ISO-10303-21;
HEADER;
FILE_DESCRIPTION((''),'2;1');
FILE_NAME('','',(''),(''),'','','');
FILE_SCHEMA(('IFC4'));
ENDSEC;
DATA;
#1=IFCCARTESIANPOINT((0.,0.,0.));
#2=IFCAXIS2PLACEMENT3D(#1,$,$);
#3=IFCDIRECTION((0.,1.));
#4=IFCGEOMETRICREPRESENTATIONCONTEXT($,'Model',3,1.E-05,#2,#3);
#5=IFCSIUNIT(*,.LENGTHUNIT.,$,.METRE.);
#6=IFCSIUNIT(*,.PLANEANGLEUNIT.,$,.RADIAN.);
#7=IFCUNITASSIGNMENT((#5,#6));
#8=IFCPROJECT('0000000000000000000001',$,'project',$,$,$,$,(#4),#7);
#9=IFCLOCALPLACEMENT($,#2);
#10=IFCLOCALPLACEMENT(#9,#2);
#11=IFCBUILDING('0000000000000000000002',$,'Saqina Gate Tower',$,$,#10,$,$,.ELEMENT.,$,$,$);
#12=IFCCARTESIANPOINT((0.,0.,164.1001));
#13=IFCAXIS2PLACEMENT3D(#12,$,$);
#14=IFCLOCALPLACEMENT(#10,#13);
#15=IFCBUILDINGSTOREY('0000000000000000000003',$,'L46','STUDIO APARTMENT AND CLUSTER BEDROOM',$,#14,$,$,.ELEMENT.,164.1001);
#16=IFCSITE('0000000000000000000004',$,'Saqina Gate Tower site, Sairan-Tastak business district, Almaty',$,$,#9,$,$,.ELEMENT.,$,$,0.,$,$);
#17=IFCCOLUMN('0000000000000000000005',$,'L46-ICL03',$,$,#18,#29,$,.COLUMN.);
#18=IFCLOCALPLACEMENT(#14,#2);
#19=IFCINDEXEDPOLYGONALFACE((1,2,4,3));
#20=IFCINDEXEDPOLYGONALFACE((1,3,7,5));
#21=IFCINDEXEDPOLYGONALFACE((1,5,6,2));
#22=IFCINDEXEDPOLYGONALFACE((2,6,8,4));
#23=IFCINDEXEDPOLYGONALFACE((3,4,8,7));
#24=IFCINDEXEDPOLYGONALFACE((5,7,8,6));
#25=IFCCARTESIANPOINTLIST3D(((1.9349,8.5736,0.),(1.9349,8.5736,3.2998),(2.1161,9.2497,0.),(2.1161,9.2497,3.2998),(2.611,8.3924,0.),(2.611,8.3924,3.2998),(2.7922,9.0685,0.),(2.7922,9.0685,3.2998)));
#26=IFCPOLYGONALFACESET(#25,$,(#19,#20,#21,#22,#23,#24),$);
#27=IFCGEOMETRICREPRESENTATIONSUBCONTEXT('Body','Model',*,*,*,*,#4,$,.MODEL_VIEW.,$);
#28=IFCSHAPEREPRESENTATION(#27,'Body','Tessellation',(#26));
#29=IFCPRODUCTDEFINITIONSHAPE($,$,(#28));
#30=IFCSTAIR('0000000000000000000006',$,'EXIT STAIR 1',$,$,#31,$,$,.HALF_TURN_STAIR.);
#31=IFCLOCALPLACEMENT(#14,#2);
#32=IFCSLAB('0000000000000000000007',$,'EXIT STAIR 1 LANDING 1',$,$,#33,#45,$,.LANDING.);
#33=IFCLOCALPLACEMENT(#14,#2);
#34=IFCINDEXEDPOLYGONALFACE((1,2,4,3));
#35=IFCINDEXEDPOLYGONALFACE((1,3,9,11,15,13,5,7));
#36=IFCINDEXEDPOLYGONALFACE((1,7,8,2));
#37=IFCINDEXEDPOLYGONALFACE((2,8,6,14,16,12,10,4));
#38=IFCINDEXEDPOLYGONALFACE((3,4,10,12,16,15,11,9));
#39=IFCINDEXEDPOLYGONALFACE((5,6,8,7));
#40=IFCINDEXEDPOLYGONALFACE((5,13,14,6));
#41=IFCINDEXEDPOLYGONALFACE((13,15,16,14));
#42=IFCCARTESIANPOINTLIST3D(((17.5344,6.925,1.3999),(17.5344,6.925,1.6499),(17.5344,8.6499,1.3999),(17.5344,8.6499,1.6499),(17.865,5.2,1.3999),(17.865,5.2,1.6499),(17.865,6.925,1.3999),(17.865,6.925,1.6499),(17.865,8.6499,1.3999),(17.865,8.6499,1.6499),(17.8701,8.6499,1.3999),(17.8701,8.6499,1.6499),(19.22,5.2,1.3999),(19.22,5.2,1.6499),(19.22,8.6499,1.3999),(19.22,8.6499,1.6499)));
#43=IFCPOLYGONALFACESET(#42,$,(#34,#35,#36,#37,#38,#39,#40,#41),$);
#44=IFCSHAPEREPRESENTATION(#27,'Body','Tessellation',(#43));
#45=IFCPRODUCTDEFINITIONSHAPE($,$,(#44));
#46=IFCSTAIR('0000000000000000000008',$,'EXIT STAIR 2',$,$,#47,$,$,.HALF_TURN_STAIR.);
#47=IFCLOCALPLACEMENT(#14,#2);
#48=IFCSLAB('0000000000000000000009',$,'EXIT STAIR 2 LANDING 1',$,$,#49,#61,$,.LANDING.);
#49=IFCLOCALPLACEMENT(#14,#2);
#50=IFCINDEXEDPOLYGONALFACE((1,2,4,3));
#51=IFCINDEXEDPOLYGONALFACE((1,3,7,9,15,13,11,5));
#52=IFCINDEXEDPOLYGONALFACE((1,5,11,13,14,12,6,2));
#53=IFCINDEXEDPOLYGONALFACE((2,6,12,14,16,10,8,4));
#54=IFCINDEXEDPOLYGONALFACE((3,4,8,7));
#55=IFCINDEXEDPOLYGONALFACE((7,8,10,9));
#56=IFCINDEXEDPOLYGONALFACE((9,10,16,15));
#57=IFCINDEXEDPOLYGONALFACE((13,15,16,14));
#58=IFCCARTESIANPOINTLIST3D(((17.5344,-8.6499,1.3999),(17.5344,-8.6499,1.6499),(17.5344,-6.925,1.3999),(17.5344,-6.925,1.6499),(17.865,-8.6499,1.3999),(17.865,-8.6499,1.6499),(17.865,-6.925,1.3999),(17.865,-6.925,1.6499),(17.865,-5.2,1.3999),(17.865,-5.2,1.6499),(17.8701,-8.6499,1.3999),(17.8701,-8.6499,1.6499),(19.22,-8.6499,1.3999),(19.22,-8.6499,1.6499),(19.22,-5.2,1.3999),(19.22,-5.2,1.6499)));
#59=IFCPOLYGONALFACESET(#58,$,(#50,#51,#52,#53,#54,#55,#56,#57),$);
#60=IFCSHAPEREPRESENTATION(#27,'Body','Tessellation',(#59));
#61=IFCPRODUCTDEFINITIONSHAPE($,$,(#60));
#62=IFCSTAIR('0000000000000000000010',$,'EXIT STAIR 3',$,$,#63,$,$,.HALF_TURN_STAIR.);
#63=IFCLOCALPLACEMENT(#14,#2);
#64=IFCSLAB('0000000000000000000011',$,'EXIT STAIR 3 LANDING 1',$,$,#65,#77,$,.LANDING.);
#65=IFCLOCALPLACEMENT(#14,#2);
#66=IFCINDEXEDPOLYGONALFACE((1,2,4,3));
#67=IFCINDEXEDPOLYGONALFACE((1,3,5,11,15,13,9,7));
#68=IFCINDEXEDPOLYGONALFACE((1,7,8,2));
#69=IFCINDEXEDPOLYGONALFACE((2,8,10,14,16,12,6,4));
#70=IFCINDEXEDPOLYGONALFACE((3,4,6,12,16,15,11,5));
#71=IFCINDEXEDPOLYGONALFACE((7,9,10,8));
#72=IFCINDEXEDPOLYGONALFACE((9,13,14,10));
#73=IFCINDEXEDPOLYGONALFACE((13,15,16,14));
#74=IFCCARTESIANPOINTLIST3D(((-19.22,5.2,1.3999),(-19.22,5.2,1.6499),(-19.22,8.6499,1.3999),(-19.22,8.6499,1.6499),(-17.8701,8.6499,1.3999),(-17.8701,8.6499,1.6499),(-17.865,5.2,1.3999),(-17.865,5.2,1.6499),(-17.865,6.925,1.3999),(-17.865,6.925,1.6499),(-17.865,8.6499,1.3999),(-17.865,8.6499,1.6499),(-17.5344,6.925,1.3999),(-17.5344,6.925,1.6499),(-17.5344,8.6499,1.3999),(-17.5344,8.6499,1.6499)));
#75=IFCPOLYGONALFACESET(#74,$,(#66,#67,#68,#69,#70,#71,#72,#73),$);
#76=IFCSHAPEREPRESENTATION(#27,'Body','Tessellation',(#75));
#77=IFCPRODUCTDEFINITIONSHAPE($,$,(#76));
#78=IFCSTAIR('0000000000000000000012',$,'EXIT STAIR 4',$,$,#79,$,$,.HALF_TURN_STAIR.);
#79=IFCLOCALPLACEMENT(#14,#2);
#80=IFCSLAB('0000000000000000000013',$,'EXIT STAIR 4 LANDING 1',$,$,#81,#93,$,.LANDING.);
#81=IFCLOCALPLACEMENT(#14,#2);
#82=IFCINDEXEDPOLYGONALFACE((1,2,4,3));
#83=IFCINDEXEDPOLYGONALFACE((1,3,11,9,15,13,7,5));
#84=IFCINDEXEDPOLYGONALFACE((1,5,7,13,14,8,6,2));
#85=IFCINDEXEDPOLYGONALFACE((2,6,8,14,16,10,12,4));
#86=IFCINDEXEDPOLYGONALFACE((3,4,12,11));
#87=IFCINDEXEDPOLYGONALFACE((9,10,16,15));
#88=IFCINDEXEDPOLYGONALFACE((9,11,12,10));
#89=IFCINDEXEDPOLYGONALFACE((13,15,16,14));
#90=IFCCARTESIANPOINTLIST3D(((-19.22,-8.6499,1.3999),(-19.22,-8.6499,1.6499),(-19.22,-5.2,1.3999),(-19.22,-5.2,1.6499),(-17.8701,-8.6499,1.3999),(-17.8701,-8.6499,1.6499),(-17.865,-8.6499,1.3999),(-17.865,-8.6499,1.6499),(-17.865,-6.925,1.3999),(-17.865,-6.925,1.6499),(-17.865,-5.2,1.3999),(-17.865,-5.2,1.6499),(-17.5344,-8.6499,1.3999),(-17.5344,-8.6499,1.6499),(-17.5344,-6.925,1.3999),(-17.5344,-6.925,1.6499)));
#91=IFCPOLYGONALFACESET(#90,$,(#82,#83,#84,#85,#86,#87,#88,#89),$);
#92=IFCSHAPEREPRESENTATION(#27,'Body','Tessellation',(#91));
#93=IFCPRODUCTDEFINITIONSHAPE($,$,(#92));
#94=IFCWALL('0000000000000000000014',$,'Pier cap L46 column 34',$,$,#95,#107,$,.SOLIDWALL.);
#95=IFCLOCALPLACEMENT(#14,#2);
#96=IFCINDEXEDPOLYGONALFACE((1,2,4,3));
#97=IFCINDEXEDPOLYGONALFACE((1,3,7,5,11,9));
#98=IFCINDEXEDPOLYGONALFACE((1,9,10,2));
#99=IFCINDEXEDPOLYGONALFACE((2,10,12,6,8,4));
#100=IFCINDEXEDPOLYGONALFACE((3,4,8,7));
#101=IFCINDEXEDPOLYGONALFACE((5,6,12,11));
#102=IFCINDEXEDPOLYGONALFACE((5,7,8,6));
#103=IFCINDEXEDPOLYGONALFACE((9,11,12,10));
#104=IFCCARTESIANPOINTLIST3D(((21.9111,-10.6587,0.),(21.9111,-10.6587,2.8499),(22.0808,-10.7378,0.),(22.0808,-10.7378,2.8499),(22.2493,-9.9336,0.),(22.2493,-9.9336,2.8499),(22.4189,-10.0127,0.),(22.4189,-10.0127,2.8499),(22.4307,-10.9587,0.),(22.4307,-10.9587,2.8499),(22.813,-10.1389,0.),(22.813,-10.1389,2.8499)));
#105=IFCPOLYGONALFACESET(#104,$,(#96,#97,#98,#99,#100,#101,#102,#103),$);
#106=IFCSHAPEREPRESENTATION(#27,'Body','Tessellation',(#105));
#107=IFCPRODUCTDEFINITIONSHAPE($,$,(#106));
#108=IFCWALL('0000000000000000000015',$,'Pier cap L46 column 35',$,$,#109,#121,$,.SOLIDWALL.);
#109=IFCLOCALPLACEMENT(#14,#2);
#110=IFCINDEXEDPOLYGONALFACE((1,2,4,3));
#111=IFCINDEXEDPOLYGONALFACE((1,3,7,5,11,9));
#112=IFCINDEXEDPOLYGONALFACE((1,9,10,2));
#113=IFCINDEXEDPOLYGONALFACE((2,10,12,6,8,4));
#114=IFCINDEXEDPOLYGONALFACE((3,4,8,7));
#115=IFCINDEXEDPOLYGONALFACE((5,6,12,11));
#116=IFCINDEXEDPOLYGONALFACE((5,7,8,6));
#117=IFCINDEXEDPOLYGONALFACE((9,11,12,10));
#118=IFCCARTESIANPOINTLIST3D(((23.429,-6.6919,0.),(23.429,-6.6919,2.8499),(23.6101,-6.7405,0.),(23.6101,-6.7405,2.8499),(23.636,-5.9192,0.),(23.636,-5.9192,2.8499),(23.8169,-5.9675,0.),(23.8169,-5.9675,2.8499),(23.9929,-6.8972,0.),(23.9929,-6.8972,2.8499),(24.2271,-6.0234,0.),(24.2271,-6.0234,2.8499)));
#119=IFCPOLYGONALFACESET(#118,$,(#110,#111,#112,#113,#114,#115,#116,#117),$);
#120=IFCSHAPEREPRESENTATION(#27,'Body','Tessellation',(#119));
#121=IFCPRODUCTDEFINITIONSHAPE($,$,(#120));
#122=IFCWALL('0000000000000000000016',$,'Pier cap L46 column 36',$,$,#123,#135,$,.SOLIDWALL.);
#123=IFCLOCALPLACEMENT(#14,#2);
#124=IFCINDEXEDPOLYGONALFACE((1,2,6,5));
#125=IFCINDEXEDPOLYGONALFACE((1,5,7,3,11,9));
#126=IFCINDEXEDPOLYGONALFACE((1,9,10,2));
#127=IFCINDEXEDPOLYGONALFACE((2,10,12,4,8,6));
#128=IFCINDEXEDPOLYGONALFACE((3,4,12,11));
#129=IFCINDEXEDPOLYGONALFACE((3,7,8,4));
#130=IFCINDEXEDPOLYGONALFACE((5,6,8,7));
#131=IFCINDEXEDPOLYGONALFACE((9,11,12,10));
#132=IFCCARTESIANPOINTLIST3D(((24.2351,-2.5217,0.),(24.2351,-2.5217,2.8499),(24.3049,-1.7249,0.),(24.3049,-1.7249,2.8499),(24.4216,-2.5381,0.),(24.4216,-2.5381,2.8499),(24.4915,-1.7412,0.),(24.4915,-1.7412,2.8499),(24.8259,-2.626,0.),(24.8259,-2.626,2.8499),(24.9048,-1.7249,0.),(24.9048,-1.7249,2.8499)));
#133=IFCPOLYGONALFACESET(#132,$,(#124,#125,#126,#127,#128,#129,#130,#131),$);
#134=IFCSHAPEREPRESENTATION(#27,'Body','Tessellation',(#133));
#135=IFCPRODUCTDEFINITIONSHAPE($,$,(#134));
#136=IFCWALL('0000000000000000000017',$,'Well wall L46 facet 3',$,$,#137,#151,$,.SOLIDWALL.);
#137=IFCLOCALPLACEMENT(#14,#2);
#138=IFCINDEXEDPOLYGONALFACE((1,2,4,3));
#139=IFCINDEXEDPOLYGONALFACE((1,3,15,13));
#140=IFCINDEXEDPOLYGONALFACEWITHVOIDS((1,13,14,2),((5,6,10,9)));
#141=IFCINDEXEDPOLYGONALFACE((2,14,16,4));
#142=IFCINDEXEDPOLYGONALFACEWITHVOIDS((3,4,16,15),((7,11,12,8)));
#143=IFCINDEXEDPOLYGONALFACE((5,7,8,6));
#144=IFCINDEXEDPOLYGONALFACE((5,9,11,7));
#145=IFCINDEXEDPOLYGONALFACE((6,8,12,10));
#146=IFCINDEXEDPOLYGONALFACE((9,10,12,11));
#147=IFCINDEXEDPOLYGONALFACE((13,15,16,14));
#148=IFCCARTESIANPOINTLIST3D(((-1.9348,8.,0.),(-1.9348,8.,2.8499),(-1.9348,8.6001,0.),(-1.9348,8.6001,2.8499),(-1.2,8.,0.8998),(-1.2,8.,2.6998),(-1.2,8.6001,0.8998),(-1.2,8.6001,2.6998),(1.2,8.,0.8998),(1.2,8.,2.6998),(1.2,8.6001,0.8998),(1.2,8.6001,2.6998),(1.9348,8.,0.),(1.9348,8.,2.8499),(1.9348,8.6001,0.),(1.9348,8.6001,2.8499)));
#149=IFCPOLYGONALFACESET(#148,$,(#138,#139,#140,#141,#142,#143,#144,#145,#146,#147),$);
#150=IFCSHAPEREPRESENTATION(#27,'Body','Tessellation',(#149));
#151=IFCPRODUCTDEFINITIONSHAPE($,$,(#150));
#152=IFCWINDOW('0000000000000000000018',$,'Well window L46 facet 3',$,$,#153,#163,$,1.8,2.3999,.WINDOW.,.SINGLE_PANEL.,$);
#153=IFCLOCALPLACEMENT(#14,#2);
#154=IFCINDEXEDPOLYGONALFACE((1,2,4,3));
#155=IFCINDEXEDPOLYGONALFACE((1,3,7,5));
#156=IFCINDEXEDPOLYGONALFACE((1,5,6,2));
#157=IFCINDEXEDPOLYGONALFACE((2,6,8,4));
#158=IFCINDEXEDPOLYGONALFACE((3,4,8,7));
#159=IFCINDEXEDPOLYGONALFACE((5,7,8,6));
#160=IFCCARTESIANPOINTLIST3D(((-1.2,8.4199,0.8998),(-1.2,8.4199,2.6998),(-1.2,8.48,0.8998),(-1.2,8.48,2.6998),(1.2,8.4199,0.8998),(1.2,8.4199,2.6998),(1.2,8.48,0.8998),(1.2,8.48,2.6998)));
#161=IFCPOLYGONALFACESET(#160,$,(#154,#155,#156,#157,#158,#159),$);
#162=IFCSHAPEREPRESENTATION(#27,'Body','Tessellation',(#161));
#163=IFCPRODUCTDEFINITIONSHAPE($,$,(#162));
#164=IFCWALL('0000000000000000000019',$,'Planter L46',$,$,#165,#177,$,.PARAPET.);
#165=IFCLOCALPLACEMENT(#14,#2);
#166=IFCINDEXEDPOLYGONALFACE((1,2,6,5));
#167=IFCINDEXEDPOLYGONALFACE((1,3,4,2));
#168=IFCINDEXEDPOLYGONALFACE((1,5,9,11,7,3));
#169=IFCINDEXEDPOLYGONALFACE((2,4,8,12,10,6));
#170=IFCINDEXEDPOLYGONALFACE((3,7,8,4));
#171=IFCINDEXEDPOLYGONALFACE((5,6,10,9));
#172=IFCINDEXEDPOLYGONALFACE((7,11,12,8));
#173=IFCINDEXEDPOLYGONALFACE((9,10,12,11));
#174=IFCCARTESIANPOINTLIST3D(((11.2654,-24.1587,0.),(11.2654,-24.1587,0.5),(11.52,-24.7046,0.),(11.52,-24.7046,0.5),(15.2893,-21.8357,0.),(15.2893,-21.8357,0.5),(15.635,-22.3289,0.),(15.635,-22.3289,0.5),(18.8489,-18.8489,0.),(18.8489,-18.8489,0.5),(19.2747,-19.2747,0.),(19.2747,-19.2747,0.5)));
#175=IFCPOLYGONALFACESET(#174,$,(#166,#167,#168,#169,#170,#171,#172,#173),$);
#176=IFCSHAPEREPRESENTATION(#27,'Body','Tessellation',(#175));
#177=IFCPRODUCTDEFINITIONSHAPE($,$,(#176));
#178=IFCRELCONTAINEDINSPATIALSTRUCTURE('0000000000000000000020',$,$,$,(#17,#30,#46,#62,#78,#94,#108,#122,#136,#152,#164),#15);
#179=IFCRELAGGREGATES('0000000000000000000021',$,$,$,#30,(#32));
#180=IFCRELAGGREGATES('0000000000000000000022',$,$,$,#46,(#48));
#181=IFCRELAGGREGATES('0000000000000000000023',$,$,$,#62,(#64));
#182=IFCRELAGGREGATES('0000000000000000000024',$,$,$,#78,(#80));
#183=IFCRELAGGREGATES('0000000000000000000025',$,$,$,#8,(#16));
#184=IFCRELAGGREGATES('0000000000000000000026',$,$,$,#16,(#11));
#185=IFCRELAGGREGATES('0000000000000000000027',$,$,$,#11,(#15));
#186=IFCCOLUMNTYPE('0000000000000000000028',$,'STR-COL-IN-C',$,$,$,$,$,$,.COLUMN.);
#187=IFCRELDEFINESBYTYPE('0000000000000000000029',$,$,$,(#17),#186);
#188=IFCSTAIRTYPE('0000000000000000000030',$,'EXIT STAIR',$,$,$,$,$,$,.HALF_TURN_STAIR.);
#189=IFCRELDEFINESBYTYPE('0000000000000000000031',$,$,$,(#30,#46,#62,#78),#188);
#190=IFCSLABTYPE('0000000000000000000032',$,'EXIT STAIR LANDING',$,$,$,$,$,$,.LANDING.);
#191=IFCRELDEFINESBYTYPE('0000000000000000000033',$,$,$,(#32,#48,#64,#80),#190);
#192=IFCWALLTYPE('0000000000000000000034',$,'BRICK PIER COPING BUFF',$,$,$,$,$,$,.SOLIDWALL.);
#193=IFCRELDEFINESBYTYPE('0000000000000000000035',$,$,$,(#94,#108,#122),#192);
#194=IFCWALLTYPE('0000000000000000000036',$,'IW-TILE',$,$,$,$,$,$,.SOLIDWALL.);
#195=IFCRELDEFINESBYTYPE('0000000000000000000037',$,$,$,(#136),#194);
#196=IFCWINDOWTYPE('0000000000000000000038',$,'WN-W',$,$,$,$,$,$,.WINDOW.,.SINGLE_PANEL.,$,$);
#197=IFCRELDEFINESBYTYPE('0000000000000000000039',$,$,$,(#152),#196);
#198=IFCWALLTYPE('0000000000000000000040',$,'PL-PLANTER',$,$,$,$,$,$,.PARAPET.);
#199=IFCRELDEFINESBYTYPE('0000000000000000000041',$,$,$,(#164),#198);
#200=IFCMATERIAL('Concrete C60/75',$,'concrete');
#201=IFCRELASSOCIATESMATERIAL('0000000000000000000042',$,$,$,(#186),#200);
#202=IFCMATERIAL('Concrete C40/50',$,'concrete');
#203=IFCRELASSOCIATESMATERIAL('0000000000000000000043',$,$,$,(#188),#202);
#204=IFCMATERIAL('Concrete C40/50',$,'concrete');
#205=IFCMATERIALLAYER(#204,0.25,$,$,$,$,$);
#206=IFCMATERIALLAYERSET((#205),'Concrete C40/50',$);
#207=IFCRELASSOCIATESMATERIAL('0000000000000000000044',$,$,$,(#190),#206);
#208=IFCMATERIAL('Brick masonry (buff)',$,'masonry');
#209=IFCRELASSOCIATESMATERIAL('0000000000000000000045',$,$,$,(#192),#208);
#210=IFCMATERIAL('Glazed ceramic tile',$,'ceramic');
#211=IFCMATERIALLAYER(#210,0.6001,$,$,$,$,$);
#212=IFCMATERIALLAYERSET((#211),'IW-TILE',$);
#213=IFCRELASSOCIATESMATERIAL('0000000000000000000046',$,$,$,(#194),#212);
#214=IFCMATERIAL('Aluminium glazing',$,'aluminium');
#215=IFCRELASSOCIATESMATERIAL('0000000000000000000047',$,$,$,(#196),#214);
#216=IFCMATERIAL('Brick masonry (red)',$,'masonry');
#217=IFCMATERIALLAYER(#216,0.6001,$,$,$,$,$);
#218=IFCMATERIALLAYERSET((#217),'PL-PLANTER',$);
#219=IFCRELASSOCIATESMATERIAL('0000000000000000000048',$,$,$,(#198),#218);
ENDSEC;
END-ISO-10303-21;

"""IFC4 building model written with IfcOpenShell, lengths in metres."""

from ifc_helpers import new_model, si_unit, direction, frame, frame_2d, origin, origin_2d, place, context, subcontext, project, spatial, polyline, rectangle, outline, extrude, material, layer, layer_set, material_profile, profile_set, type_object, element, fill, aggregate, save


model = new_model("IFC4")

# Units and contexts
model_context = context("Model", 3, precision=1e-05, world=origin(), true_north=direction((0.0, 1.0)))
body_context = subcontext(model_context, "Body", "Model", "MODEL_VIEW")
ifc_project = project(units=[si_unit("LENGTHUNIT", "METRE"), si_unit("PLANEANGLEUNIT", "RADIAN")], contexts=[model_context])

# Site, building, storey
site_placement = place(None, origin())
site = spatial("IfcSite", under=ifc_project, at=site_placement, Name="Saqina Gate Tower site, Sairan-Tastak business district, Almaty", CompositionType="ELEMENT", RefElevation=0.0)
building_placement = place(site_placement, origin())
building = spatial("IfcBuilding", under=site, at=building_placement, Name="Saqina Gate Tower", CompositionType="ELEMENT")
storey_placement = place(building_placement, frame((0.0, 0.0, 164.1001)))
storey = spatial("IfcBuildingStorey", under=building, at=storey_placement, Name="L46", Description="STUDIO APARTMENT AND CLUSTER BEDROOM", CompositionType="ELEMENT", Elevation=164.1001)

# Column
ifc_material_1 = material(Name="Concrete C60/75", Category="concrete")
ifc_material_profile = material_profile(ifc_material_1, rectangle(XDim=0.7, YDim=0.7, at=origin_2d()), Name="RC 700x700")
ifc_profile_set = profile_set([ifc_material_profile], Name="Concrete C60/75")
column_type = type_object("IfcColumnType", Name="STR-COL-IN-C", PredefinedType="COLUMN", material=ifc_profile_set)
column_placement = place(storey_placement, frame((2.3635, 8.821, 0.0), z_axis=(0.0, 0.0, 1.0), x_axis=(0.258819, 0.965926, 0.0)))
element("IfcColumn", 1, at=column_placement, inside=storey, type_object=column_type, Name="L46-ICL03", PredefinedType="COLUMN", context=body_context, shape_type="SweptSolid", body=[
    extrude(rectangle(XDim=0.7, YDim=0.7, at=origin_2d()), origin(), (0.0, 0.0, 1.0), 3.2998),
])

# Stairs, slabs
ifc_material_2 = material(Name="Concrete C40/50", Category="concrete")
stair_type = type_object("IfcStairType", Name="EXIT STAIR", PredefinedType="HALF_TURN_STAIR", material=ifc_material_2)
stair_1_placement = place(storey_placement, origin())
stair_1 = element("IfcStair", 2, at=stair_1_placement, inside=storey, type_object=stair_type, Name="EXIT STAIR 1", PredefinedType="HALF_TURN_STAIR")
ifc_material_3 = material(Name="Concrete C40/50", Category="concrete")
ifc_layer_1 = layer(ifc_material_3, 0.25)
ifc_layer_set_1 = layer_set([ifc_layer_1], Name="Concrete C40/50")
slab_type = type_object("IfcSlabType", Name="EXIT STAIR LANDING", PredefinedType="LANDING", material=ifc_layer_set_1)
slab_1_placement = place(storey_placement, frame((0.0, 0.0, 1.3999)))
slab_1 = element("IfcSlab", 3, at=slab_1_placement, type_object=slab_type, Name="EXIT STAIR 1 LANDING 1", PredefinedType="LANDING", context=body_context, shape_type="SweptSolid", body=[
    extrude(outline(polyline([(19.22, 8.6499), (19.22, 5.2), (17.865, 5.2), (17.865, 6.925), (17.5344, 6.925), (17.5344, 8.6499), (17.865, 8.6499), (17.8701, 8.6499), (19.22, 8.6499)])), origin(), (0.0, 0.0, 1.0), 0.25),
])
aggregate(stair_1, [slab_1])
stair_2_placement = place(storey_placement, origin())
stair_2 = element("IfcStair", 4, at=stair_2_placement, inside=storey, type_object=stair_type, Name="EXIT STAIR 2", PredefinedType="HALF_TURN_STAIR")
slab_2_placement = place(storey_placement, frame((0.0, 0.0, 1.3999)))
slab_2 = element("IfcSlab", 5, at=slab_2_placement, type_object=slab_type, Name="EXIT STAIR 2 LANDING 1", PredefinedType="LANDING", context=body_context, shape_type="SweptSolid", body=[
    extrude(outline(polyline([(17.5344, -8.6499), (17.5344, -6.925), (17.865, -6.925), (17.865, -5.2), (19.22, -5.2), (19.22, -8.6499), (17.8701, -8.6499), (17.865, -8.6499), (17.5344, -8.6499)])), origin(), (0.0, 0.0, 1.0), 0.25),
])
aggregate(stair_2, [slab_2])
stair_3_placement = place(storey_placement, origin())
stair_3 = element("IfcStair", 6, at=stair_3_placement, inside=storey, type_object=stair_type, Name="EXIT STAIR 3", PredefinedType="HALF_TURN_STAIR")
slab_3_placement = place(storey_placement, frame((0.0, 0.0, 1.3999)))
slab_3 = element("IfcSlab", 7, at=slab_3_placement, type_object=slab_type, Name="EXIT STAIR 3 LANDING 1", PredefinedType="LANDING", context=body_context, shape_type="SweptSolid", body=[
    extrude(outline(polyline([(-17.865, 5.2), (-19.22, 5.2), (-19.22, 8.6499), (-17.8701, 8.6499), (-17.865, 8.6499), (-17.5344, 8.6499), (-17.5344, 6.925), (-17.865, 6.925), (-17.865, 5.2)])), origin(), (0.0, 0.0, 1.0), 0.25),
])
aggregate(stair_3, [slab_3])
stair_4_placement = place(storey_placement, origin())
stair_4 = element("IfcStair", 8, at=stair_4_placement, inside=storey, type_object=stair_type, Name="EXIT STAIR 4", PredefinedType="HALF_TURN_STAIR")
slab_4_placement = place(storey_placement, frame((0.0, 0.0, 1.3999)))
slab_4 = element("IfcSlab", 9, at=slab_4_placement, type_object=slab_type, Name="EXIT STAIR 4 LANDING 1", PredefinedType="LANDING", context=body_context, shape_type="SweptSolid", body=[
    extrude(outline(polyline([(-17.5344, -6.925), (-17.5344, -8.6499), (-17.865, -8.6499), (-17.8701, -8.6499), (-19.22, -8.6499), (-19.22, -5.2), (-17.865, -5.2), (-17.865, -6.925), (-17.5344, -6.925)])), origin(), (0.0, 0.0, 1.0), 0.25),
])
aggregate(stair_4, [slab_4])

# Walls
ifc_material_4 = material(Name="Brick masonry (buff)", Category="masonry")
wall_type_1 = type_object("IfcWallType", Name="BRICK PIER COPING BUFF", PredefinedType="SOLIDWALL", material=ifc_material_4)
wall_1_placement = place(storey_placement, origin())
element("IfcWall", 10, at=wall_1_placement, inside=storey, type_object=wall_type_1, Name="Pier cap L46 column 34", PredefinedType="SOLIDWALL", context=body_context, shape_type="SweptSolid", body=[
    extrude(outline(polyline([(22.813, -10.1389), (22.2493, -9.9336), (22.4189, -10.0127), (22.0808, -10.7378), (21.9111, -10.6587), (22.4307, -10.9587), (22.813, -10.1389)])), origin(), (0.0, 0.0, 1.0), 2.8499),
])
wall_2_placement = place(storey_placement, origin())
element("IfcWall", 11, at=wall_2_placement, inside=storey, type_object=wall_type_1, Name="Pier cap L46 column 35", PredefinedType="SOLIDWALL", context=body_context, shape_type="SweptSolid", body=[
    extrude(outline(polyline([(24.2271, -6.0234), (23.636, -5.9192), (23.8169, -5.9675), (23.6101, -6.7405), (23.429, -6.6919), (23.9929, -6.8972), (24.2271, -6.0234)])), origin(), (0.0, 0.0, 1.0), 2.8499),
])
wall_3_placement = place(storey_placement, origin())
element("IfcWall", 12, at=wall_3_placement, inside=storey, type_object=wall_type_1, Name="Pier cap L46 column 36", PredefinedType="SOLIDWALL", context=body_context, shape_type="SweptSolid", body=[
    extrude(outline(polyline([(24.8259, -2.626), (24.9048, -1.7249), (24.3049, -1.7249), (24.4915, -1.7412), (24.4216, -2.5381), (24.2351, -2.5217), (24.8259, -2.626)])), origin(), (0.0, 0.0, 1.0), 2.8499),
])

# Wall, opening, window
ifc_material_5 = material(Name="Glazed ceramic tile", Category="ceramic")
ifc_layer_2 = layer(ifc_material_5, 0.6001)
ifc_layer_set_2 = layer_set([ifc_layer_2], Name="IW-TILE")
wall_type_2 = type_object("IfcWallType", Name="IW-TILE", PredefinedType="SOLIDWALL", material=ifc_layer_set_2)
wall_4_placement = place(storey_placement, frame((1.9348, 8.3, 0.0), z_axis=(0.0, 0.0, 1.0), x_axis=(-1.0, 0.0, 0.0)))
wall_4 = element("IfcWall", 13, at=wall_4_placement, inside=storey, type_object=wall_type_2, Name="Well wall L46 facet 3", PredefinedType="SOLIDWALL", context=body_context, shape_type="SweptSolid", body=[
    extrude(rectangle(XDim=3.8696, YDim=0.6001, at=frame_2d((1.9348, 0.0))), origin(), (0.0, 0.0, 1.0), 2.8499),
])
opening_placement = place(wall_4_placement, frame((0.7349, 0.0, 0.8999)))
opening = element("IfcOpeningElement", 14, at=opening_placement, cuts=wall_4, PredefinedType="OPENING", context=body_context, shape_type="SweptSolid", body=[
    extrude(rectangle(XDim=2.3999, YDim=1.8, at=frame_2d((1.2, 0.8999))), frame((0.0, 0.312, 0.0), z_axis=(0.0, -1.0, 0.0), x_axis=(1.0, 0.0, 0.0)), (0.0, 0.0, 1.0), 0.624),
])
ifc_material_6 = material(Name="Aluminium glazing", Category="aluminium")
window_type = type_object("IfcWindowType", Name="WN-W", PartitioningType="SINGLE_PANEL", PredefinedType="WINDOW", material=ifc_material_6)
window_placement = place(opening_placement, origin())
window = element("IfcWindow", 15, at=window_placement, inside=storey, type_object=window_type, Name="Well window L46 facet 3", OverallHeight=1.8, OverallWidth=2.3999, PartitioningType="SINGLE_PANEL", PredefinedType="WINDOW", context=body_context, shape_type="SweptSolid", body=[
    extrude(rectangle(XDim=2.3999, YDim=1.8, at=frame_2d((1.2, 0.8999))), frame((0.0, -0.1199, 0.0), z_axis=(0.0, -1.0, 0.0), x_axis=(1.0, 0.0, 0.0)), (0.0, 0.0, 1.0), 0.0601),
])
fill(opening, window)

# Wall
ifc_material_7 = material(Name="Brick masonry (red)", Category="masonry")
ifc_layer_3 = layer(ifc_material_7, 0.6001)
ifc_layer_set_3 = layer_set([ifc_layer_3], Name="PL-PLANTER")
wall_type_3 = type_object("IfcWallType", Name="PL-PLANTER", PredefinedType="PARAPET", material=ifc_layer_set_3)
wall_5_placement = place(storey_placement, origin())
element("IfcWall", 16, at=wall_5_placement, inside=storey, type_object=wall_type_3, Name="Planter L46", PredefinedType="PARAPET", context=body_context, shape_type="SweptSolid", body=[
    extrude(outline(polyline([(11.52, -24.7046), (15.635, -22.3289), (19.2747, -19.2747), (18.8489, -18.8489), (15.2893, -21.8357), (11.2654, -24.1587), (11.52, -24.7046)])), origin(), (0.0, 0.0, 1.0), 0.5),
])

save(model, "model.ifc")
